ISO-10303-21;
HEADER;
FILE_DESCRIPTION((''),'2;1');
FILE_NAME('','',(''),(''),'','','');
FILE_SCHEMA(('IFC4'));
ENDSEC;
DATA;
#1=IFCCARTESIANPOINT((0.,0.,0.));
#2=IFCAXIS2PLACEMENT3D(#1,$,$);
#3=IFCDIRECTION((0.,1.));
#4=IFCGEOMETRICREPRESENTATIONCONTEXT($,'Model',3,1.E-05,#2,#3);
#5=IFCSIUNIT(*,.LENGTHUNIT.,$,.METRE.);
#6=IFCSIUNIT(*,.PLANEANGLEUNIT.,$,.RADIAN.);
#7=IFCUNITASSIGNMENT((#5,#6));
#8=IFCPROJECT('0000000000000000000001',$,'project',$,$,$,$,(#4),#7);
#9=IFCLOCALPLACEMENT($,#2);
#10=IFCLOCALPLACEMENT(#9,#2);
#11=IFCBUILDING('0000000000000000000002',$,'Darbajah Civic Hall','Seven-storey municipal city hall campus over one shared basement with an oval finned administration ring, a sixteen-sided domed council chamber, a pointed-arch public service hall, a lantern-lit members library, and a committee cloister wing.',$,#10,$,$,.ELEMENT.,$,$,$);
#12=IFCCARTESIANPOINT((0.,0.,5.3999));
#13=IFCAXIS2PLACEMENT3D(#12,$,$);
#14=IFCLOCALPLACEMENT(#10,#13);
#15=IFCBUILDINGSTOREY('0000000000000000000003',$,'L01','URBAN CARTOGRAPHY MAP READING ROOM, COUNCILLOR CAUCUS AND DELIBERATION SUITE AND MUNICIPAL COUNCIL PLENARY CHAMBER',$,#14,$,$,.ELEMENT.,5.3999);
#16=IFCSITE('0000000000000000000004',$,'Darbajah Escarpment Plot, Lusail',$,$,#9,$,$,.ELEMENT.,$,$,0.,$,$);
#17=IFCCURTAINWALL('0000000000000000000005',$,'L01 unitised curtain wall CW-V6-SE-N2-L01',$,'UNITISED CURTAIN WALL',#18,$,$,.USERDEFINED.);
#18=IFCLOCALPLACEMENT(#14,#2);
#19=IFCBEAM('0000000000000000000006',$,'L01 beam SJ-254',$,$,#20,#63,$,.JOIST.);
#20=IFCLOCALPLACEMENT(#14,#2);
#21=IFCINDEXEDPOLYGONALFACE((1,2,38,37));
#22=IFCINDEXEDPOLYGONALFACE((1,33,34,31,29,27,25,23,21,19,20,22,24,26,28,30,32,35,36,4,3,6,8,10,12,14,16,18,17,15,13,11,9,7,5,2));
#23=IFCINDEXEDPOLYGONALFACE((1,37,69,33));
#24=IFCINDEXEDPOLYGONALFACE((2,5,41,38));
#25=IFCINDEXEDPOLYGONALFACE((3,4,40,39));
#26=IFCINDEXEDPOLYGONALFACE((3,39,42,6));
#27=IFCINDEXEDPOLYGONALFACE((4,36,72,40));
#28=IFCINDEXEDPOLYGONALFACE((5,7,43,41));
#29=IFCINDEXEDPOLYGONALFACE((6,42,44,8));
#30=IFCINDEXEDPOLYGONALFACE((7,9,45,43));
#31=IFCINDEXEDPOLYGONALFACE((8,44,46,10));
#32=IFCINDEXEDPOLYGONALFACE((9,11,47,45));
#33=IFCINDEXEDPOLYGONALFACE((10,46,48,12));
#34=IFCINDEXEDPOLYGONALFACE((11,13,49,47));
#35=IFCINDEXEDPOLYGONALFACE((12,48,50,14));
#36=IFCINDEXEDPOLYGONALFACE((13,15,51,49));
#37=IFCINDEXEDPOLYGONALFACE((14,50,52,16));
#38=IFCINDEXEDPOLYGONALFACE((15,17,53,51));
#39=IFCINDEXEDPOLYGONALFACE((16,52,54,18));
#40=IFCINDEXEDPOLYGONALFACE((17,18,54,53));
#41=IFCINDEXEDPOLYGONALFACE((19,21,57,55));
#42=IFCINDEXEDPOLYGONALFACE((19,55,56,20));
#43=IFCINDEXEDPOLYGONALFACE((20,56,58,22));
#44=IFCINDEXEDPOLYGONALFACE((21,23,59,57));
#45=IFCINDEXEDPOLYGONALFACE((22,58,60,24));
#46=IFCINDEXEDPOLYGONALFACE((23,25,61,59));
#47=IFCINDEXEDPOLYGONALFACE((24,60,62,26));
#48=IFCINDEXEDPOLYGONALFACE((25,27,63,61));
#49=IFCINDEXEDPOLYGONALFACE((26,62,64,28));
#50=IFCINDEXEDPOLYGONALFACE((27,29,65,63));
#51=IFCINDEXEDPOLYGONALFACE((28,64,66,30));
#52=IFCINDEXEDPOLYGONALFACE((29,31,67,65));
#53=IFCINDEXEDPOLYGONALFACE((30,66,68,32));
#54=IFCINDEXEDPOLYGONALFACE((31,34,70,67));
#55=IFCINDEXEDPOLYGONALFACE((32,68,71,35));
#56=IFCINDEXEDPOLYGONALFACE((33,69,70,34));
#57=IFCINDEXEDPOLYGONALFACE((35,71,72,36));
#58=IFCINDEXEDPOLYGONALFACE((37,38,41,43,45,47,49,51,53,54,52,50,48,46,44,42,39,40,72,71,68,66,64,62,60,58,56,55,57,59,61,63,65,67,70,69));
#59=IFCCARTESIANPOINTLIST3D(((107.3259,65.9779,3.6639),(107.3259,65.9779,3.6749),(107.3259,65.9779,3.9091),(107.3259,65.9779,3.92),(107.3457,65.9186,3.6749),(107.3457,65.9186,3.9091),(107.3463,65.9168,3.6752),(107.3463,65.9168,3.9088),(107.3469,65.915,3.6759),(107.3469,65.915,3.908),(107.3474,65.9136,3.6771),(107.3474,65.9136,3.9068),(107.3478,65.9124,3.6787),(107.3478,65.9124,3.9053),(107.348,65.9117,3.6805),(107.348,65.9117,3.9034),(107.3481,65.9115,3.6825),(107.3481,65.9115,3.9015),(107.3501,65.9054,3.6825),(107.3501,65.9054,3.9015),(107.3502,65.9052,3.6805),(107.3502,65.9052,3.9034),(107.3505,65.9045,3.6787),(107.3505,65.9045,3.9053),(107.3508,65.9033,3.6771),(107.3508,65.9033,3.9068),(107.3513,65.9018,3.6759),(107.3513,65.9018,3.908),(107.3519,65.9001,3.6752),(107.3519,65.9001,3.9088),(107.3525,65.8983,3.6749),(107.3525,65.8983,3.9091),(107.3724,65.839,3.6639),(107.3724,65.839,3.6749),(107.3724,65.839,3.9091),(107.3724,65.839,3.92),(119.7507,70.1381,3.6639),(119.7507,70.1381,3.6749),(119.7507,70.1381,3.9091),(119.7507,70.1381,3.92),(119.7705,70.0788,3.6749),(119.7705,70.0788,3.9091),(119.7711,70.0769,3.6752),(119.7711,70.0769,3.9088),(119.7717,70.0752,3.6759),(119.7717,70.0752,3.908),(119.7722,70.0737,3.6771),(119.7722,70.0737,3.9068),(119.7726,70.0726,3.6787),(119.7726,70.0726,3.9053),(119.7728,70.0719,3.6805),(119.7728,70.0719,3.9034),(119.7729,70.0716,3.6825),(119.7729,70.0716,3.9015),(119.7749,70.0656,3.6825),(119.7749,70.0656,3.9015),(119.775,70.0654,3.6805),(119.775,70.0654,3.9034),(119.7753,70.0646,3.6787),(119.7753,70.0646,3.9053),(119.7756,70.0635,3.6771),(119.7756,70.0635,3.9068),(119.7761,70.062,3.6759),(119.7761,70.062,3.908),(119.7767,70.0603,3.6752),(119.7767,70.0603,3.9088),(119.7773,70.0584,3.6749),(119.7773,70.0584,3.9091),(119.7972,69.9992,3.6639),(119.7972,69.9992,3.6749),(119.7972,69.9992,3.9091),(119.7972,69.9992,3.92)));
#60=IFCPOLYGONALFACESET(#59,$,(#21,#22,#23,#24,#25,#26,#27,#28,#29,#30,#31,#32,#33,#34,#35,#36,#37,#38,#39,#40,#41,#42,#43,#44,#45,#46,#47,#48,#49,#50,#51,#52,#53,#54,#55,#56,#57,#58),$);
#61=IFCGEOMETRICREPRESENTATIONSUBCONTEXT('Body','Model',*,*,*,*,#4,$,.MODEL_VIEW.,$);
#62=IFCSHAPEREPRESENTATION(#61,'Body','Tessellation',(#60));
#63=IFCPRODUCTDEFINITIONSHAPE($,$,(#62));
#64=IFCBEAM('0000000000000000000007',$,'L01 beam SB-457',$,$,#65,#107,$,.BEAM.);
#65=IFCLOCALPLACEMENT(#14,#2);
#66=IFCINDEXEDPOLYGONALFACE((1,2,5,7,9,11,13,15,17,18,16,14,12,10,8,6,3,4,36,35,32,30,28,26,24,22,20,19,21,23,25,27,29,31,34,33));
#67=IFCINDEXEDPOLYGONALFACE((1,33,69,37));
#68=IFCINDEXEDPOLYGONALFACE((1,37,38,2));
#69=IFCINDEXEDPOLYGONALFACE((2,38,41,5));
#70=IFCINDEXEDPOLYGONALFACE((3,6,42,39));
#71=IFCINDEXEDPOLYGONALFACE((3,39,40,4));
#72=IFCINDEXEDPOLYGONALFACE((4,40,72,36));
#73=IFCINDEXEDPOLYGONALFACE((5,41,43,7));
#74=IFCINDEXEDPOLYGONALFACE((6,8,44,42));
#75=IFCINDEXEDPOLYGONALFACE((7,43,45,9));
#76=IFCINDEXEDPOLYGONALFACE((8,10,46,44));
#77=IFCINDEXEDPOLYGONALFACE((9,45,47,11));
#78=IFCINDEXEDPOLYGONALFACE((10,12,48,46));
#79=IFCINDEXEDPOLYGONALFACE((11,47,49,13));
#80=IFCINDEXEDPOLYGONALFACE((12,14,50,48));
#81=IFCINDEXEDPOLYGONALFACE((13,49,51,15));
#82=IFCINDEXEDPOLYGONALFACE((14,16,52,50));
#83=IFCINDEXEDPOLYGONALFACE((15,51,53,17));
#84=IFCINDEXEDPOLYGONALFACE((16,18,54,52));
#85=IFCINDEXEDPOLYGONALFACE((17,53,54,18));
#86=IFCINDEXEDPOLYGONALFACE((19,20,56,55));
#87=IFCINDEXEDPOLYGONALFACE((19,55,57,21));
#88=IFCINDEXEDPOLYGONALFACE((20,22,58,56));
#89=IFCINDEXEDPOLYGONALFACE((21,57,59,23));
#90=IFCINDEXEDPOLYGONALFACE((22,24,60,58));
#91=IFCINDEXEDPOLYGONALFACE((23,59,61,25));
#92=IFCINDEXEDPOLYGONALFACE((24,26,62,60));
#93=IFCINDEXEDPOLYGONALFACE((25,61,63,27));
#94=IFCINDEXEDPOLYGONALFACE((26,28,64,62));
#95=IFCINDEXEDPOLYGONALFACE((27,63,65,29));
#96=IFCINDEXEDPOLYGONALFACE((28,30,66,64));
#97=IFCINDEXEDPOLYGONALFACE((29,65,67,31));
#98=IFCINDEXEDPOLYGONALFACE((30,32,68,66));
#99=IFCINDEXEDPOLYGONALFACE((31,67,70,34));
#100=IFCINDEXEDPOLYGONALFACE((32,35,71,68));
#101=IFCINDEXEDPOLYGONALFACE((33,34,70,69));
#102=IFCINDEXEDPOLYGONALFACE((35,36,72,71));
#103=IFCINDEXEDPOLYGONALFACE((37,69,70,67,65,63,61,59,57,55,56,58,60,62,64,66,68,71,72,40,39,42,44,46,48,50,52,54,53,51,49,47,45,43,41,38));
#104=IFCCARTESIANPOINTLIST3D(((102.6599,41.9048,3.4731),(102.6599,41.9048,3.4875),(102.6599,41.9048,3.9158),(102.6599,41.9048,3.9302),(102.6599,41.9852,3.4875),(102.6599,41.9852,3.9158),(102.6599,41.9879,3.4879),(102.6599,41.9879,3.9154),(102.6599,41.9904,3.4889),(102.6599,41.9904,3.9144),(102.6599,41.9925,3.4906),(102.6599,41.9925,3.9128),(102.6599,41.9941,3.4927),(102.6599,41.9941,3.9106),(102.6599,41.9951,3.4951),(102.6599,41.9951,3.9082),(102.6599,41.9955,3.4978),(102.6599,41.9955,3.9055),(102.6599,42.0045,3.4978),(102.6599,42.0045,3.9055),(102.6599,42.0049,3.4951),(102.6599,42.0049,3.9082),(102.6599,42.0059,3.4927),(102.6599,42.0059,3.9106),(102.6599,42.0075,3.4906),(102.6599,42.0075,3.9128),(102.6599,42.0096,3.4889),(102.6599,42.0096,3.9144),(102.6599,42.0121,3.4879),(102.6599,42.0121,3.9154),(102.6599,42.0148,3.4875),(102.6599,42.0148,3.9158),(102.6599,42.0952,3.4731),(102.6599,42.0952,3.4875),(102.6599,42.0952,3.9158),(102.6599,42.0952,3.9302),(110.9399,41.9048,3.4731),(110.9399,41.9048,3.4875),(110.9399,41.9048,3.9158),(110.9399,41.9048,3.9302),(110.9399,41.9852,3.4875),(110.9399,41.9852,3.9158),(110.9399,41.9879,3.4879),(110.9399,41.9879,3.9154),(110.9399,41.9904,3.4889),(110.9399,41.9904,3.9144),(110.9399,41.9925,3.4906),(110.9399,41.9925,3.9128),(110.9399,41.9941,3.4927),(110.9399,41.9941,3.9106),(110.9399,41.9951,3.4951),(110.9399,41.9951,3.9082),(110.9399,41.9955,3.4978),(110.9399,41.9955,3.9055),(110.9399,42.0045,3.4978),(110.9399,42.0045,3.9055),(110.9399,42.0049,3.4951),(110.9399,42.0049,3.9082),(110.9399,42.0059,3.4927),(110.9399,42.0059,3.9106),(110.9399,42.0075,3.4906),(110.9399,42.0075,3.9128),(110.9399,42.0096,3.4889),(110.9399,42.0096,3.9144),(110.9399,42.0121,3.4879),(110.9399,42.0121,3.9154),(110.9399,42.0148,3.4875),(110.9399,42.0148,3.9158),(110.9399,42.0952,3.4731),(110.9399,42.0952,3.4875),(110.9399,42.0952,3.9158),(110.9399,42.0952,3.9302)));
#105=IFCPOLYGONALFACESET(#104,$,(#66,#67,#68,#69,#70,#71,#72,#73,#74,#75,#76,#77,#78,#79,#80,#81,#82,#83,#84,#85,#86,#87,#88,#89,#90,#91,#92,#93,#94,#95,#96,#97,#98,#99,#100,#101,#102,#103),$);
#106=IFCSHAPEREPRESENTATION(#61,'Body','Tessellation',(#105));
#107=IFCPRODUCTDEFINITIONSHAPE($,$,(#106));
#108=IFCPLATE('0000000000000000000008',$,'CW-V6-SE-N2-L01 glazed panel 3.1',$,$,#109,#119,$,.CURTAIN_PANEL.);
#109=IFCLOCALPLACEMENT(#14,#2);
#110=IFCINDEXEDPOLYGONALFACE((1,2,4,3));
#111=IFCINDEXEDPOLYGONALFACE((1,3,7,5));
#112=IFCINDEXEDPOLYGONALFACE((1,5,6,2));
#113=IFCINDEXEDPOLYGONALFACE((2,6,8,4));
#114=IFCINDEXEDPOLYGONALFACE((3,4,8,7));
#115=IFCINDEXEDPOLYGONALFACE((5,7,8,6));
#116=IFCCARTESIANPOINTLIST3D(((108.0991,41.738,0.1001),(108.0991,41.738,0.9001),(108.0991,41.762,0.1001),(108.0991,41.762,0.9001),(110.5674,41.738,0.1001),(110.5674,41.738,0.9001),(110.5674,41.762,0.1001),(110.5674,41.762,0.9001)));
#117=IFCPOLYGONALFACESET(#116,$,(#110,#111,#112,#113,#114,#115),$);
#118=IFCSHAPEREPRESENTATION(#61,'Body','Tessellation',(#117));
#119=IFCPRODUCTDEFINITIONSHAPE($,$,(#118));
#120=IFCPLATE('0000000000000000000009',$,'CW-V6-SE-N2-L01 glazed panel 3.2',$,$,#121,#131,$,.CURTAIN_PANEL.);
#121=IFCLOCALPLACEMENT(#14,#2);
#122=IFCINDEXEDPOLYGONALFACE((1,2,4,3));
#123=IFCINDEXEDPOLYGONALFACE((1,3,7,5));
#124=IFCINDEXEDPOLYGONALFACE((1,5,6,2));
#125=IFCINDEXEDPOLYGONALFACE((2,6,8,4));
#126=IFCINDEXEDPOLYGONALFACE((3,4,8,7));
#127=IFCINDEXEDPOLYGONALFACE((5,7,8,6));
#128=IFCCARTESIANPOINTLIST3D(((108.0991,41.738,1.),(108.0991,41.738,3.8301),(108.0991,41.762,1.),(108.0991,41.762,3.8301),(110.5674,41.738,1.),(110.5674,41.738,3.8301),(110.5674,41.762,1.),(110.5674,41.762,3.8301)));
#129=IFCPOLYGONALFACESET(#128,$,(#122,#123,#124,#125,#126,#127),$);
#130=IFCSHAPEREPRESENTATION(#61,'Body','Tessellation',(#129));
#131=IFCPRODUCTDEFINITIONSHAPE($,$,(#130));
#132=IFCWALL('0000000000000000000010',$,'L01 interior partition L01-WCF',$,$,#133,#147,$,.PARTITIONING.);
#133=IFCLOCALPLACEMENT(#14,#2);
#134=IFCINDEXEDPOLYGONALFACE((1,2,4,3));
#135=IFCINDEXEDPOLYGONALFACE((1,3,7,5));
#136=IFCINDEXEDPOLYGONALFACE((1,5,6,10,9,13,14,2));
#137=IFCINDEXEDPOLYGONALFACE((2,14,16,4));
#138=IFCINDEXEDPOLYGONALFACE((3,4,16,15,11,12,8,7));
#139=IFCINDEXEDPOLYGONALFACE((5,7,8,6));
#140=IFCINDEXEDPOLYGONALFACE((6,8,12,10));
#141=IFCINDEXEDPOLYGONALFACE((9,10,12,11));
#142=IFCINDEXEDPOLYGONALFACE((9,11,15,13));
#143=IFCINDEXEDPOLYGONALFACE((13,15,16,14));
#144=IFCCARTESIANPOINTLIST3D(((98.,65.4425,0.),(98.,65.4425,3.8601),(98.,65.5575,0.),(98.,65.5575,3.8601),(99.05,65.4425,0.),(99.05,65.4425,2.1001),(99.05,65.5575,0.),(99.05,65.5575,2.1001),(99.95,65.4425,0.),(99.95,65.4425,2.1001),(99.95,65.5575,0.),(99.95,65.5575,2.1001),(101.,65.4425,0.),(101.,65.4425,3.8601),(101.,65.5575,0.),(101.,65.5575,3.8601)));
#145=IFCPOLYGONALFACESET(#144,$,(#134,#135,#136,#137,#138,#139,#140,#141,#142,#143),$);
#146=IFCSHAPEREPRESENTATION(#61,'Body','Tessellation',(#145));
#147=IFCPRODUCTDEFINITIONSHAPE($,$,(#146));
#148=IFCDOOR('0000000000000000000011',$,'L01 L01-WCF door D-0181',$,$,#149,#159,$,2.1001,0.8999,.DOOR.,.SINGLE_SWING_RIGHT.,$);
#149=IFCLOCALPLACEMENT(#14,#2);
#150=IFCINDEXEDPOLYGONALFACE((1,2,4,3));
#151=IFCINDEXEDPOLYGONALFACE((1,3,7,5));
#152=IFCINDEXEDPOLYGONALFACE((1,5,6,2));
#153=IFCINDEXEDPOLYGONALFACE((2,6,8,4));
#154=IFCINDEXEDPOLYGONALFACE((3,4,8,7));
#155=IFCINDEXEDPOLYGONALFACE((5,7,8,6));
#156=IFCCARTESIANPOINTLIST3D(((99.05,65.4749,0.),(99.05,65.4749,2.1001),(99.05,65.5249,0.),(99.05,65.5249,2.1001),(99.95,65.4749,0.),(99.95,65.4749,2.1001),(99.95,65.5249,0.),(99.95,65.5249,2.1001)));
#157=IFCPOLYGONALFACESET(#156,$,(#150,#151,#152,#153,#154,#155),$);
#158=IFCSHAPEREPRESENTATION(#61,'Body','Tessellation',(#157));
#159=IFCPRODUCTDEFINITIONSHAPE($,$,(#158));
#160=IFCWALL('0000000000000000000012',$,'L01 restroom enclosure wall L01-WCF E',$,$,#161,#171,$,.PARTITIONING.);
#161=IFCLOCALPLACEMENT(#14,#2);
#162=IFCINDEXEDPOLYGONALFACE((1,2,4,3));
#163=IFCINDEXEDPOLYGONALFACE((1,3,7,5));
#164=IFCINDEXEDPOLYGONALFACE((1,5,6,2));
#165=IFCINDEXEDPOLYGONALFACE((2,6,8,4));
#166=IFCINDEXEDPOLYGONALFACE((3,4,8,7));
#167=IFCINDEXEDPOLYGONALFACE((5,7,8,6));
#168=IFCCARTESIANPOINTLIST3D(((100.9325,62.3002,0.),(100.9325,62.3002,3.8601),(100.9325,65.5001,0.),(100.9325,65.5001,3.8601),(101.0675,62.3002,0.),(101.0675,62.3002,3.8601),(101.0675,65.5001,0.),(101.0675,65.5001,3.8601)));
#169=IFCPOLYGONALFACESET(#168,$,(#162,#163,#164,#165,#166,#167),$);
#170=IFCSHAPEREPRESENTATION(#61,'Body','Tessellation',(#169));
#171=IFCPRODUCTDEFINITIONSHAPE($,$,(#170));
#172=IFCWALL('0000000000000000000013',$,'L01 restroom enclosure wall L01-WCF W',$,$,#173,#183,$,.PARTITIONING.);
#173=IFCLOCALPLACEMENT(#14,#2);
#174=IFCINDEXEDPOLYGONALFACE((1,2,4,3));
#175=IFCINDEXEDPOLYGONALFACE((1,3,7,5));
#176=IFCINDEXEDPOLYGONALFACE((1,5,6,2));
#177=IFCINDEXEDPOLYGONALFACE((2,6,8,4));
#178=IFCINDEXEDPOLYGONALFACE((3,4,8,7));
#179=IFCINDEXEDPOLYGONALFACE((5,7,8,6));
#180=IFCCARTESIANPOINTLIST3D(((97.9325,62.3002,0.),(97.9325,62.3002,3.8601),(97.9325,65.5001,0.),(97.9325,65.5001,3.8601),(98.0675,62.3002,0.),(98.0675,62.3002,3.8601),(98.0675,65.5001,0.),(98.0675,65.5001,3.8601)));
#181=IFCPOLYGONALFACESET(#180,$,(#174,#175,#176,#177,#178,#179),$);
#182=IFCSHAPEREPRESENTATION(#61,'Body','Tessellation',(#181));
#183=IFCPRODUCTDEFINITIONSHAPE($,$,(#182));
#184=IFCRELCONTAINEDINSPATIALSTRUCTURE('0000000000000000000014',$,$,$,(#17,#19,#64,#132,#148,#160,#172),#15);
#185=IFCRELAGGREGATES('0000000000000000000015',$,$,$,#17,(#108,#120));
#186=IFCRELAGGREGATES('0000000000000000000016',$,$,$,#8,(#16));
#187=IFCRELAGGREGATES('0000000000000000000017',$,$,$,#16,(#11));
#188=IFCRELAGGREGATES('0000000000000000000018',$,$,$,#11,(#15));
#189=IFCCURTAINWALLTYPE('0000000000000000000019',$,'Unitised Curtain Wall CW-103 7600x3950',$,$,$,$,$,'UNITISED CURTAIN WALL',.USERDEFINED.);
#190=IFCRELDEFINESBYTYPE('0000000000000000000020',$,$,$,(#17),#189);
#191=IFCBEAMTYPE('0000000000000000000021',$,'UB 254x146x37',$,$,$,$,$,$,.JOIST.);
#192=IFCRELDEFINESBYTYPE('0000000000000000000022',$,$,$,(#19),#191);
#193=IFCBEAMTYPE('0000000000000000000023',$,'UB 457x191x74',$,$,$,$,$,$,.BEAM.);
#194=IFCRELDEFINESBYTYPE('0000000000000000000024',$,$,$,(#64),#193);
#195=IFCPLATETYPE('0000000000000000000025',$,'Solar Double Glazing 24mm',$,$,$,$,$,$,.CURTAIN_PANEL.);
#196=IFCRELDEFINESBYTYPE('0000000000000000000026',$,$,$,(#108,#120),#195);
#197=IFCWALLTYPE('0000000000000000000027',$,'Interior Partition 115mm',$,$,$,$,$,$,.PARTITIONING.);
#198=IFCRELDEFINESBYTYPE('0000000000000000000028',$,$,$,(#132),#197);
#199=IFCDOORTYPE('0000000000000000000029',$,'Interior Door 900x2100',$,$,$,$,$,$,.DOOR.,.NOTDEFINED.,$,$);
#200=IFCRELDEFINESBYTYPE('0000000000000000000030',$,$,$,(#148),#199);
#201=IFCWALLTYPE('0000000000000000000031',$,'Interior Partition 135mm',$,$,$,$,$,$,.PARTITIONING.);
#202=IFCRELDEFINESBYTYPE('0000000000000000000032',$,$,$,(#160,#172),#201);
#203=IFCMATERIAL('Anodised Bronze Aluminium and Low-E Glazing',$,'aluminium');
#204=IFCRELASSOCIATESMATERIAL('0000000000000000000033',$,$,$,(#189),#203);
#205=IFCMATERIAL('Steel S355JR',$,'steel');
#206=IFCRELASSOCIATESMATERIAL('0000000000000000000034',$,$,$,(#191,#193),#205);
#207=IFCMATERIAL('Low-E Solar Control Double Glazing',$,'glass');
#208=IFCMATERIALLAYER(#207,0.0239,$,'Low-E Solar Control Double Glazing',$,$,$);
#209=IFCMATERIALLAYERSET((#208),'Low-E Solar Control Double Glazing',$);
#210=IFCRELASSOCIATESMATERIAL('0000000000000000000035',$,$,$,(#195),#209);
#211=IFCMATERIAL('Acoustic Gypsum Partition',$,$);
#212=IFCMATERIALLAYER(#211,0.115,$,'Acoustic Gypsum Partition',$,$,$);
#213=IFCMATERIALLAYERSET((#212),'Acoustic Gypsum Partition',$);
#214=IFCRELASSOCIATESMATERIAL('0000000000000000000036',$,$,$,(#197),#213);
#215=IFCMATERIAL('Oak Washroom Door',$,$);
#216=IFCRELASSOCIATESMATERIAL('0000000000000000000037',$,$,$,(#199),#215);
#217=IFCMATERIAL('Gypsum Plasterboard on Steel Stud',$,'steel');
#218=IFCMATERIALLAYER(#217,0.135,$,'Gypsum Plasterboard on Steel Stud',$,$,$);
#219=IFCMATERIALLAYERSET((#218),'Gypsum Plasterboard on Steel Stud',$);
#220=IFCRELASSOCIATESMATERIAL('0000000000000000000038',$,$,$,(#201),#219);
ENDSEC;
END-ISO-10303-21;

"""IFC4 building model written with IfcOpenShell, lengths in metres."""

from ifc_helpers import new_model, si_unit, direction, frame, frame_2d, origin, origin_2d, place, context, subcontext, project, spatial, rectangle, i_section, extrude, material, layer, layer_set, material_profile, profile_set, type_object, element, fill, aggregate, save


model = new_model("IFC4")

# Units and contexts
model_context = context("Model", 3, precision=1e-05, world=origin(), true_north=direction((0.0, 1.0)))
body_context = subcontext(model_context, "Body", "Model", "MODEL_VIEW")
ifc_project = project(units=[si_unit("LENGTHUNIT", "METRE"), si_unit("PLANEANGLEUNIT", "RADIAN")], contexts=[model_context])

# Site, building, storey
site_placement = place(None, origin())
site = spatial("IfcSite", under=ifc_project, at=site_placement, Name="Darbajah Escarpment Plot, Lusail", CompositionType="ELEMENT", RefElevation=0.0)
building_placement = place(site_placement, origin())
building = spatial("IfcBuilding", under=site, at=building_placement, Name="Darbajah Civic Hall", Description="Seven-storey municipal city hall campus over one shared basement with an oval finned administration ring, a sixteen-sided domed council chamber, a pointed-arch public service hall, a lantern-lit members library, and a committee cloister wing.", CompositionType="ELEMENT")
storey_placement = place(building_placement, frame((0.0, 0.0, 5.3999)))
storey = spatial("IfcBuildingStorey", under=building, at=storey_placement, Name="L01", Description="URBAN CARTOGRAPHY MAP READING ROOM, COUNCILLOR CAUCUS AND DELIBERATION SUITE AND MUNICIPAL COUNCIL PLENARY CHAMBER", CompositionType="ELEMENT", Elevation=5.3999)

# Shared definitions
ifc_material_1 = material(Name="Steel S355JR", Category="steel")

# Curtain wall
ifc_material_2 = material(Name="Anodised Bronze Aluminium and Low-E Glazing", Category="aluminium")
curtain_wall_type_1 = type_object("IfcCurtainWallType", Name="Unitised Curtain Wall CW-103 7600x3950", ElementType="UNITISED CURTAIN WALL", PredefinedType="USERDEFINED", material=ifc_material_2)
curtain_wall_1_placement = place(storey_placement, origin())
curtain_wall_1 = element("IfcCurtainWall", 1, at=curtain_wall_1_placement, inside=storey, type_object=curtain_wall_type_1, Name="L01 unitised curtain wall CW-V6-SE-N2-L01", ObjectType="UNITISED CURTAIN WALL", PredefinedType="USERDEFINED")

# Beams
ifc_material_profile_1 = material_profile(ifc_material_1, i_section(OverallWidth=0.1465, OverallDepth=0.2561, WebThickness=0.0063, FlangeThickness=0.011, FilletRadius=0.0076, at=origin_2d()), Name="UB 254x146x37")
ifc_profile_set_1 = profile_set([ifc_material_profile_1], Name="Steel S355JR")
beam_type_1 = type_object("IfcBeamType", Name="UB 254x146x37", PredefinedType="JOIST", material=ifc_profile_set_1)
beam_1_placement = place(storey_placement, frame((107.3491, 65.9084, 3.792), z_axis=(0.948258, 0.317502, 0.0), x_axis=(-0.317502, 0.948258, 0.0)))
element("IfcBeam", 2, at=beam_1_placement, inside=storey, type_object=beam_type_1, Name="L01 beam SJ-254", PredefinedType="JOIST", context=body_context, shape_type="SweptSolid", body=[
    extrude(i_section(OverallWidth=0.1465, OverallDepth=0.2561, WebThickness=0.0063, FlangeThickness=0.011, FilletRadius=0.0076, at=origin_2d()), origin(), (0.0, 0.0, 1.0), 13.1028),
])
ifc_material_profile_2 = material_profile(ifc_material_1, i_section(OverallWidth=0.1904, OverallDepth=0.457, WebThickness=0.009, FlangeThickness=0.0144, FilletRadius=0.0103, at=origin_2d()), Name="UB 457x191x74")
ifc_profile_set_2 = profile_set([ifc_material_profile_2], Name="Steel S355JR")
beam_type_2 = type_object("IfcBeamType", Name="UB 457x191x74", PredefinedType="BEAM", material=ifc_profile_set_2)
beam_2_placement = place(storey_placement, frame((102.6599, 42.0, 3.7017), z_axis=(1.0, 0.0, 0.0), x_axis=(0.0, 1.0, 0.0)))
element("IfcBeam", 3, at=beam_2_placement, inside=storey, type_object=beam_type_2, Name="L01 beam SB-457", PredefinedType="BEAM", context=body_context, shape_type="SweptSolid", body=[
    extrude(i_section(OverallWidth=0.1904, OverallDepth=0.457, WebThickness=0.009, FlangeThickness=0.0144, FilletRadius=0.0103, at=origin_2d()), origin(), (0.0, 0.0, 1.0), 8.28),
])

# Plates
ifc_material_3 = material(Name="Low-E Solar Control Double Glazing", Category="glass")
ifc_layer_1 = layer(ifc_material_3, 0.0239, Name="Low-E Solar Control Double Glazing")
ifc_layer_set_1 = layer_set([ifc_layer_1], Name="Low-E Solar Control Double Glazing")
plate_type = type_object("IfcPlateType", Name="Solar Double Glazing 24mm", PredefinedType="CURTAIN_PANEL", material=ifc_layer_set_1)
plate_1_placement = place(storey_placement, frame((109.3333, 41.75, 0.1001), z_axis=(0.0, 0.0, 1.0), x_axis=(1.0, 0.0, 0.0)))
plate_1 = element("IfcPlate", 4, at=plate_1_placement, type_object=plate_type, Name="CW-V6-SE-N2-L01 glazed panel 3.1", PredefinedType="CURTAIN_PANEL", context=body_context, shape_type="SweptSolid", body=[
    extrude(rectangle(XDim=2.4683, YDim=0.0239, at=origin_2d()), origin(), (0.0, 0.0, 1.0), 0.8),
])
plate_2_placement = place(storey_placement, frame((109.3333, 41.75, 1.0), z_axis=(0.0, 0.0, 1.0), x_axis=(1.0, 0.0, 0.0)))
plate_2 = element("IfcPlate", 5, at=plate_2_placement, type_object=plate_type, Name="CW-V6-SE-N2-L01 glazed panel 3.2", PredefinedType="CURTAIN_PANEL", context=body_context, shape_type="SweptSolid", body=[
    extrude(rectangle(XDim=2.4683, YDim=0.0239, at=origin_2d()), origin(), (0.0, 0.0, 1.0), 2.8301),
])
aggregate(curtain_wall_1, [plate_1, plate_2])

# Wall, opening, door
ifc_material_4 = material(Name="Acoustic Gypsum Partition")
ifc_layer_2 = layer(ifc_material_4, 0.115, Name="Acoustic Gypsum Partition")
ifc_layer_set_2 = layer_set([ifc_layer_2], Name="Acoustic Gypsum Partition")
wall_type_1 = type_object("IfcWallType", Name="Interior Partition 115mm", PredefinedType="PARTITIONING", material=ifc_layer_set_2)
wall_1_placement = place(storey_placement, frame((98.0, 65.5, 0.0), z_axis=(0.0, 0.0, 1.0), x_axis=(1.0, 0.0, 0.0)))
wall_1 = element("IfcWall", 6, at=wall_1_placement, inside=storey, type_object=wall_type_1, Name="L01 interior partition L01-WCF", PredefinedType="PARTITIONING", context=body_context, shape_type="SweptSolid", body=[
    extrude(rectangle(XDim=3.0, YDim=0.115, at=frame_2d((1.5, 0.0))), origin(), (0.0, 0.0, 1.0), 3.8601),
])
opening_1_placement = place(wall_1_placement, frame((1.05, 0.0, 0.0)))
opening_1 = element("IfcOpeningElement", 7, at=opening_1_placement, cuts=wall_1, PredefinedType="OPENING", context=body_context, shape_type="SweptSolid", body=[
    extrude(rectangle(XDim=0.8999, YDim=2.1001, at=frame_2d((0.45, 1.05))), frame((0.0, 0.0674, 0.0), z_axis=(0.0, -1.0, 0.0), x_axis=(1.0, 0.0, 0.0)), (0.0, 0.0, 1.0), 0.135),
])
ifc_material_5 = material(Name="Oak Washroom Door")
door_type_1 = type_object("IfcDoorType", Name="Interior Door 900x2100", OperationType="NOTDEFINED", PredefinedType="DOOR", material=ifc_material_5)
door_1_placement = place(opening_1_placement, origin())
door_1 = element("IfcDoor", 8, at=door_1_placement, inside=storey, type_object=door_type_1, Name="L01 L01-WCF door D-0181", OperationType="SINGLE_SWING_RIGHT", OverallHeight=2.1001, OverallWidth=0.8999, PredefinedType="DOOR", context=body_context, shape_type="SweptSolid", body=[
    extrude(rectangle(XDim=0.8999, YDim=2.1001, at=frame_2d((0.45, 1.05))), frame((0.0, 0.0249, 0.0), z_axis=(0.0, -1.0, 0.0), x_axis=(1.0, 0.0, 0.0)), (0.0, 0.0, 1.0), 0.05),
])
fill(opening_1, door_1)

# Walls
ifc_material_6 = material(Name="Gypsum Plasterboard on Steel Stud", Category="steel")
ifc_layer_3 = layer(ifc_material_6, 0.135, Name="Gypsum Plasterboard on Steel Stud")
ifc_layer_set_3 = layer_set([ifc_layer_3], Name="Gypsum Plasterboard on Steel Stud")
wall_type_2 = type_object("IfcWallType", Name="Interior Partition 135mm", PredefinedType="PARTITIONING", material=ifc_layer_set_3)
for number, where, z_axis, x_axis, name in (
    (9, (101.0, 62.3, 0.0), (0.0, 0.0, 1.0), (0.0, 1.0, 0.0), "L01 restroom enclosure wall L01-WCF E"),
    (10, (98.0, 62.3, 0.0), (0.0, 0.0, 1.0), (0.0, 1.0, 0.0), "L01 restroom enclosure wall L01-WCF W"),
):
    element("IfcWall", number, at=place(storey_placement, frame(where, z_axis=z_axis, x_axis=x_axis)), inside=storey, type_object=wall_type_2, Name=name, PredefinedType="PARTITIONING", context=body_context, shape_type="SweptSolid", body=[
        extrude(rectangle(XDim=3.2, YDim=0.135, at=frame_2d((1.6001, 0.0))), origin(), (0.0, 0.0, 1.0), 3.8601),
    ])

save(model, "model.ifc")
